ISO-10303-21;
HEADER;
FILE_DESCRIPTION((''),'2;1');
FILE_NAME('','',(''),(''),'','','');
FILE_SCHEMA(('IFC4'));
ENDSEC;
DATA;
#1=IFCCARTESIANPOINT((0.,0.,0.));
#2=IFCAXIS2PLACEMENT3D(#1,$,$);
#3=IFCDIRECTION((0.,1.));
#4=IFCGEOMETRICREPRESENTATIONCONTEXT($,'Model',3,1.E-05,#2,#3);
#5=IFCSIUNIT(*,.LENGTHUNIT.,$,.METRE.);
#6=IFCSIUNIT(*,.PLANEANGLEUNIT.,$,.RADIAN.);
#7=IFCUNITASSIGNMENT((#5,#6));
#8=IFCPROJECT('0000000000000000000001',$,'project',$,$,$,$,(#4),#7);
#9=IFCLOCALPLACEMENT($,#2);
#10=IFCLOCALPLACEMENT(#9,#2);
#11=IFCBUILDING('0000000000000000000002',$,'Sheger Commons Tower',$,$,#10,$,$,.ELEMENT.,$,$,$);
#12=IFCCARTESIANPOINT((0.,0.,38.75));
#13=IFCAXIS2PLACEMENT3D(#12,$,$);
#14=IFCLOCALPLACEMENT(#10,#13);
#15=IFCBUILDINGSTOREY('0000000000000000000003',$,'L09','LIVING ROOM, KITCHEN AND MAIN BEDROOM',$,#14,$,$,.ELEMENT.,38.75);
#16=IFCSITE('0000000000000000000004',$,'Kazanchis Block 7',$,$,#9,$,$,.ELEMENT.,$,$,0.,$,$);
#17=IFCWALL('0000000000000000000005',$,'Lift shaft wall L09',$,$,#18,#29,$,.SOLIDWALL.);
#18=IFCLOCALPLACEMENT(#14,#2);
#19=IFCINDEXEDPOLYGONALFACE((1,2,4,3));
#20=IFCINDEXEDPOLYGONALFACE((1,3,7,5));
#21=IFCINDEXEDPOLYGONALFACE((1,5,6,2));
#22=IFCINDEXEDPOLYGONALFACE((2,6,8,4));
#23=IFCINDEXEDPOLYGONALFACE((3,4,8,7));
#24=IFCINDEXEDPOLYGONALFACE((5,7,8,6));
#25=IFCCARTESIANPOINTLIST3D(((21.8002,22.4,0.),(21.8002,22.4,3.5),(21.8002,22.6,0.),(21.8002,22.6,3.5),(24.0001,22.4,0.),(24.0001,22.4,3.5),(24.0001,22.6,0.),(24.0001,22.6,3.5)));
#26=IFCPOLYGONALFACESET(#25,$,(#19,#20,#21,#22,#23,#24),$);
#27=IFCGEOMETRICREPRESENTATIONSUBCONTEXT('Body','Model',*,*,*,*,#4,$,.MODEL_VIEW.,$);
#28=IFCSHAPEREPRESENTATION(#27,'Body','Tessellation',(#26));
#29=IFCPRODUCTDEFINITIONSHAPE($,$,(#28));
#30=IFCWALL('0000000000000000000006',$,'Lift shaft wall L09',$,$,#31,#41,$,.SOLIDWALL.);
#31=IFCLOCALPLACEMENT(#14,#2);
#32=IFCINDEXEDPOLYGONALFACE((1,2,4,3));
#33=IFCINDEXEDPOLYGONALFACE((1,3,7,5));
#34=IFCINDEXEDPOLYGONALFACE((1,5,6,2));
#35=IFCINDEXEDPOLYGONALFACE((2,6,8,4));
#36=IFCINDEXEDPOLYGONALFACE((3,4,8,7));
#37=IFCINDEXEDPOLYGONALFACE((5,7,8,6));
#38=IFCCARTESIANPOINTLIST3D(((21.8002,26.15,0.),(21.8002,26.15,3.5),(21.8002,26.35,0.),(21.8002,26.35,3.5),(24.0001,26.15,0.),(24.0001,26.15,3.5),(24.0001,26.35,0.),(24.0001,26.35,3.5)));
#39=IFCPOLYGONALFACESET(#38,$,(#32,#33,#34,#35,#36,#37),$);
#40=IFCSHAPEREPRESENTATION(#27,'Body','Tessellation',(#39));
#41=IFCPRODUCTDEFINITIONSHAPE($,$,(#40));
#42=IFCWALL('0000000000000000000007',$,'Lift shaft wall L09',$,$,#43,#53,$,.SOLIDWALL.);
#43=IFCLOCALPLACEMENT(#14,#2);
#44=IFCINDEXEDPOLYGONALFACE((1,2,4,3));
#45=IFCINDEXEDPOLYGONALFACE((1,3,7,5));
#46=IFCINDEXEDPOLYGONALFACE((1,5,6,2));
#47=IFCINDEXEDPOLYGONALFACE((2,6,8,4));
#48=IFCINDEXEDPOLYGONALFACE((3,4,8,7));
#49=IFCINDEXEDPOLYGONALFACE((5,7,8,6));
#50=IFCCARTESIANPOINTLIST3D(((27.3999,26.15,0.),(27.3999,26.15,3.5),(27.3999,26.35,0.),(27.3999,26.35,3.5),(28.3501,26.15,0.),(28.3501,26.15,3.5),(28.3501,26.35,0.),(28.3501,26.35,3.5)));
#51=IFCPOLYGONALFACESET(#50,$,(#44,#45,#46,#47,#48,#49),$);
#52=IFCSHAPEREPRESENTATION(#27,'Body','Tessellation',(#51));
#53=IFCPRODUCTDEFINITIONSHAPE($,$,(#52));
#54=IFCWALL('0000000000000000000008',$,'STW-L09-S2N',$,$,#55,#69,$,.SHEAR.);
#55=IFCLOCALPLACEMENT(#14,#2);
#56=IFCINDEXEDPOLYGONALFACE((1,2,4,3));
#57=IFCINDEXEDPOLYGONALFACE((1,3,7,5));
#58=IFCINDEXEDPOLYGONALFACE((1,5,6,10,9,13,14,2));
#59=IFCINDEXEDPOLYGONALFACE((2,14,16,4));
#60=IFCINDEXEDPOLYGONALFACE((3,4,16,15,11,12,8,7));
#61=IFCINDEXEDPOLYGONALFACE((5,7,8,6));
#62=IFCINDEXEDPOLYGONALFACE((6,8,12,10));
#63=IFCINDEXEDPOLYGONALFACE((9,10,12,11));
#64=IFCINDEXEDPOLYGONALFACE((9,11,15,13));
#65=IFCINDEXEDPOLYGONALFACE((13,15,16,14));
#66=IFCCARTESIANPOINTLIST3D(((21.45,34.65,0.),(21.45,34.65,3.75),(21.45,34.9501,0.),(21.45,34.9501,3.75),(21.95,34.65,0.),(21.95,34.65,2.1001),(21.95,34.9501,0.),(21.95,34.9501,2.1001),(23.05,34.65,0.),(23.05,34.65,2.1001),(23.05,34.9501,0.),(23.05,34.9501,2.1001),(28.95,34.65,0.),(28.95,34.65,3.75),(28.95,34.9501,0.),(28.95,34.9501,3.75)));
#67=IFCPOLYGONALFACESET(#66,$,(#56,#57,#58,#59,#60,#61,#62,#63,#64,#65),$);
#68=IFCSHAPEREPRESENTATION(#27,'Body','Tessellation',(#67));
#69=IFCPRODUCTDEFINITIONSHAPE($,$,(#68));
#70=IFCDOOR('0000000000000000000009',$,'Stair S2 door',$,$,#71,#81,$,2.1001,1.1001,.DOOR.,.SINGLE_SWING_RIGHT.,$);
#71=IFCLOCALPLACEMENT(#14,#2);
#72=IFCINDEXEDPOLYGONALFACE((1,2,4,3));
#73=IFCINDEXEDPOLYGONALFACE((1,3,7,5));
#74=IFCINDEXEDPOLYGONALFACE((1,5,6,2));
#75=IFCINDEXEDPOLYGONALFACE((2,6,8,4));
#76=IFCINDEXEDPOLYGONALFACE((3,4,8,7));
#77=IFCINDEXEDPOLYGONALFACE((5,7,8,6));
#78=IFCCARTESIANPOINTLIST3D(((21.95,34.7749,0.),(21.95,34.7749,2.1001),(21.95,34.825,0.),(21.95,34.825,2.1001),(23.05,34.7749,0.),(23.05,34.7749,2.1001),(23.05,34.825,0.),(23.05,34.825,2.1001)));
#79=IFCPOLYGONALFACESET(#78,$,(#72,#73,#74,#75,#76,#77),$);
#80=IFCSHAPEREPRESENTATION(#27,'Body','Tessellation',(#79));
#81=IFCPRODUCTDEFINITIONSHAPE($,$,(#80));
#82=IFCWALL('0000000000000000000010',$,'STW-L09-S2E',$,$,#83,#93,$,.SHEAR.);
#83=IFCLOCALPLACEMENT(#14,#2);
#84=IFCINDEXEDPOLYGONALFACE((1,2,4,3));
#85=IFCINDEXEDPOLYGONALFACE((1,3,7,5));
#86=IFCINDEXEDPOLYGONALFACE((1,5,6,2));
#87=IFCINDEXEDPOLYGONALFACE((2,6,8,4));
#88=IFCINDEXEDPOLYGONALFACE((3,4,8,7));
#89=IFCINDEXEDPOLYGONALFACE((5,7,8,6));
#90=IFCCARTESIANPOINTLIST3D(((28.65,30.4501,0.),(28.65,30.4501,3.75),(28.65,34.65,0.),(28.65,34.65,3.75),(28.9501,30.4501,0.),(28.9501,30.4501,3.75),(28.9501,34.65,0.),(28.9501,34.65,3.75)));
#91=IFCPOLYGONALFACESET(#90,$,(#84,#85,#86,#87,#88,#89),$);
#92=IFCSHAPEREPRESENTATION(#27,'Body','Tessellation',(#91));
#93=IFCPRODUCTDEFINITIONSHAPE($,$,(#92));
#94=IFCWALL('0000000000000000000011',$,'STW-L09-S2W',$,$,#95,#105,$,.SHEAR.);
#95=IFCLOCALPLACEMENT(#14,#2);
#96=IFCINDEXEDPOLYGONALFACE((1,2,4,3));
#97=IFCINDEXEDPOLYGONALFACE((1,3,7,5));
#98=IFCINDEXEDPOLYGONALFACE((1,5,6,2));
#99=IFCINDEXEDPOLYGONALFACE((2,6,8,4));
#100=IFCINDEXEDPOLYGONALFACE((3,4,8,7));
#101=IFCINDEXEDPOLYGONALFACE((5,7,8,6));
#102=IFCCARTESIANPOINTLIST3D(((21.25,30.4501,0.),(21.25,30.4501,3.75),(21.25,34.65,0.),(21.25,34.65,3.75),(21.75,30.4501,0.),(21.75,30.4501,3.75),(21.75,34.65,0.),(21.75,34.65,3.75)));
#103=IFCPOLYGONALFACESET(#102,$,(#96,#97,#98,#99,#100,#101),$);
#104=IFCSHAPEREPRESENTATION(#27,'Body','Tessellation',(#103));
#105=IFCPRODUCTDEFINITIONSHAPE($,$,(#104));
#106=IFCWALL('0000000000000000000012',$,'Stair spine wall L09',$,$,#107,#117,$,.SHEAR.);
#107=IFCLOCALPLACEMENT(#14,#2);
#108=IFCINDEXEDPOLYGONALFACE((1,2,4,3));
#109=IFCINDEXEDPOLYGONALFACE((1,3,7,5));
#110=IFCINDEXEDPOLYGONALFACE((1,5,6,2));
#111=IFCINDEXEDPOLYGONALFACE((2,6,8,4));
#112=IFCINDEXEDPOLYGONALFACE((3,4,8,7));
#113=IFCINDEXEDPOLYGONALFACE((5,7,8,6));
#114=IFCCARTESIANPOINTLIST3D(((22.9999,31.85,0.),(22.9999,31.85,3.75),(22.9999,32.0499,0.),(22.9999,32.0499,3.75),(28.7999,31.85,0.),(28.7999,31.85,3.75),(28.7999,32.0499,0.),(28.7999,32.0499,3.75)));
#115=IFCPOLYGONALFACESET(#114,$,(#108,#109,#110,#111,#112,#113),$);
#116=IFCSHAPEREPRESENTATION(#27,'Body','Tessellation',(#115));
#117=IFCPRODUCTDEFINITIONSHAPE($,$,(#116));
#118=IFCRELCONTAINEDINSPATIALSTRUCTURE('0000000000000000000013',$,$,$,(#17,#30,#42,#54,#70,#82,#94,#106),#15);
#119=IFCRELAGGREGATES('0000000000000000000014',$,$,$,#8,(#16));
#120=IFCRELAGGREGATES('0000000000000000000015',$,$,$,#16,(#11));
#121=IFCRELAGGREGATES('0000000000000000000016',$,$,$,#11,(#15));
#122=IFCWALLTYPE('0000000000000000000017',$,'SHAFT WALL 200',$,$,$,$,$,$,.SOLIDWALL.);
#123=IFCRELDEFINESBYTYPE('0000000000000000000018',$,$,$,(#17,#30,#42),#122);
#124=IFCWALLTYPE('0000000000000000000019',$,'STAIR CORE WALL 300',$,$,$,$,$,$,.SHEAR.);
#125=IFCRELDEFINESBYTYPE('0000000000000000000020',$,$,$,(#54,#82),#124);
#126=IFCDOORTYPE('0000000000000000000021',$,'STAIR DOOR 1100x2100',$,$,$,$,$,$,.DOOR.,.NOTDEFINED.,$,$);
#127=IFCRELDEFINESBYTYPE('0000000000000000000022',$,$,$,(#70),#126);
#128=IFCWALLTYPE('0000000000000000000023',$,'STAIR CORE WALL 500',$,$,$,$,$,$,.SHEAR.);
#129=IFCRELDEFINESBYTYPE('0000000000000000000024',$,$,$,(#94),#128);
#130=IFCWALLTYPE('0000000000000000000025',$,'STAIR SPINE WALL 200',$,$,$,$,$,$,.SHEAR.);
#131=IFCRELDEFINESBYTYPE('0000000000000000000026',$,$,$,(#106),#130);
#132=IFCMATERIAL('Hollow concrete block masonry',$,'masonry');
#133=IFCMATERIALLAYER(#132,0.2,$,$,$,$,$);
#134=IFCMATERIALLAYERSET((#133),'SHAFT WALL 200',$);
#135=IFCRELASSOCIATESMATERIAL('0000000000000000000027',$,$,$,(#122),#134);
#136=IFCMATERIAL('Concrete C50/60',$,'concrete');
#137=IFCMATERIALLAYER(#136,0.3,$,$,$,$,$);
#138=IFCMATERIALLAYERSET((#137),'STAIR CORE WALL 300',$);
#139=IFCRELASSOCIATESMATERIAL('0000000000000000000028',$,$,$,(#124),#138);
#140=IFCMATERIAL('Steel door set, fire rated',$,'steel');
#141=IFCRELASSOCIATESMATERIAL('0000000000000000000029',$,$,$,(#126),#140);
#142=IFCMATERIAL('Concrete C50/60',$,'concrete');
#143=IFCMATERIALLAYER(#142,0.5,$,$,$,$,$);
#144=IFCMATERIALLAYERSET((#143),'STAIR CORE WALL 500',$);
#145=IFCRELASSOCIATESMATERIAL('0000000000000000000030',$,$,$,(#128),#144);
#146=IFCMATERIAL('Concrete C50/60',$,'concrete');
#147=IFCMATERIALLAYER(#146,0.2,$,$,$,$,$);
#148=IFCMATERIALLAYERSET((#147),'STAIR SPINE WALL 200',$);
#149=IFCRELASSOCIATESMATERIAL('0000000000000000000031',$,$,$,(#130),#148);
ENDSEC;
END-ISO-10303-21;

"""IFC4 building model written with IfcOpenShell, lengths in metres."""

from ifc_helpers import new_model, si_unit, direction, frame, frame_2d, origin, place, context, subcontext, project, spatial, rectangle, extrude, material, layer, layer_set, type_object, element, fill, save


model = new_model("IFC4")

# Units and contexts
model_context = context("Model", 3, precision=1e-05, world=origin(), true_north=direction((0.0, 1.0)))
body_context = subcontext(model_context, "Body", "Model", "MODEL_VIEW")
ifc_project = project(units=[si_unit("LENGTHUNIT", "METRE"), si_unit("PLANEANGLEUNIT", "RADIAN")], contexts=[model_context])

# Site, building, storey
site_placement = place(None, origin())
site = spatial("IfcSite", under=ifc_project, at=site_placement, Name="Kazanchis Block 7", CompositionType="ELEMENT", RefElevation=0.0)
building_placement = place(site_placement, origin())
building = spatial("IfcBuilding", under=site, at=building_placement, Name="Sheger Commons Tower", CompositionType="ELEMENT")
storey_placement = place(building_placement, frame((0.0, 0.0, 38.75)))
storey = spatial("IfcBuildingStorey", under=building, at=storey_placement, Name="L09", Description="LIVING ROOM, KITCHEN AND MAIN BEDROOM", CompositionType="ELEMENT", Elevation=38.75)

# Walls
ifc_material_1 = material(Name="Hollow concrete block masonry", Category="masonry")
ifc_layer_1 = layer(ifc_material_1, 0.2)
ifc_layer_set_1 = layer_set([ifc_layer_1], Name="SHAFT WALL 200")
wall_type_1 = type_object("IfcWallType", Name="SHAFT WALL 200", PredefinedType="SOLIDWALL", material=ifc_layer_set_1)
for number, where, z_axis, x_axis, name in (
    (1, (21.8, 22.5, 0.0), (0.0, 0.0, 1.0), (1.0, 0.0, 0.0), "Lift shaft wall L09"),
    (2, (21.8, 26.25, 0.0), (0.0, 0.0, 1.0), (1.0, 0.0, 0.0), "Lift shaft wall L09"),
):
    element("IfcWall", number, at=place(storey_placement, frame(where, z_axis=z_axis, x_axis=x_axis)), inside=storey, type_object=wall_type_1, Name=name, PredefinedType="SOLIDWALL", context=body_context, shape_type="SweptSolid", body=[
        extrude(rectangle(XDim=2.2, YDim=0.2, at=frame_2d((1.1001, 0.0))), origin(), (0.0, 0.0, 1.0), 3.5),
    ])
wall_1_placement = place(storey_placement, frame((27.3999, 26.25, 0.0), z_axis=(0.0, 0.0, 1.0), x_axis=(1.0, 0.0, 0.0)))
element("IfcWall", 3, at=wall_1_placement, inside=storey, type_object=wall_type_1, Name="Lift shaft wall L09", PredefinedType="SOLIDWALL", context=body_context, shape_type="SweptSolid", body=[
    extrude(rectangle(XDim=0.9502, YDim=0.2, at=frame_2d((0.4751, 0.0))), origin(), (0.0, 0.0, 1.0), 3.5),
])

# Wall, opening, door
ifc_material_2 = material(Name="Concrete C50/60", Category="concrete")
ifc_layer_2 = layer(ifc_material_2, 0.3)
ifc_layer_set_2 = layer_set([ifc_layer_2], Name="STAIR CORE WALL 300")
wall_type_2 = type_object("IfcWallType", Name="STAIR CORE WALL 300", PredefinedType="SHEAR", material=ifc_layer_set_2)
wall_2_placement = place(storey_placement, frame((21.45, 34.8, 0.0), z_axis=(0.0, 0.0, 1.0), x_axis=(1.0, 0.0, 0.0)))
wall_2 = element("IfcWall", 4, at=wall_2_placement, inside=storey, type_object=wall_type_2, Name="STW-L09-S2N", PredefinedType="SHEAR", context=body_context, shape_type="SweptSolid", body=[
    extrude(rectangle(XDim=7.5, YDim=0.3, at=frame_2d((3.75, 0.0))), origin(), (0.0, 0.0, 1.0), 3.75),
])
opening_1_placement = place(wall_2_placement, frame((0.5, 0.0, 0.0)))
opening_1 = element("IfcOpeningElement", 5, at=opening_1_placement, cuts=wall_2, PredefinedType="OPENING", context=body_context, shape_type="SweptSolid", body=[
    extrude(rectangle(XDim=1.1001, YDim=2.1001, at=frame_2d((0.55, 1.05))), frame((0.0, 0.1599, 0.0), z_axis=(0.0, -1.0, 0.0), x_axis=(1.0, 0.0, 0.0)), (0.0, 0.0, 1.0), 0.3201),
])
ifc_material_3 = material(Name="Steel door set, fire rated", Category="steel")
door_type_1 = type_object("IfcDoorType", Name="STAIR DOOR 1100x2100", OperationType="NOTDEFINED", PredefinedType="DOOR", material=ifc_material_3)
door_1_placement = place(opening_1_placement, origin())
door_1 = element("IfcDoor", 6, at=door_1_placement, inside=storey, type_object=door_type_1, Name="Stair S2 door", OperationType="SINGLE_SWING_RIGHT", OverallHeight=2.1001, OverallWidth=1.1001, PredefinedType="DOOR", context=body_context, shape_type="SweptSolid", body=[
    extrude(rectangle(XDim=1.1001, YDim=2.1001, at=frame_2d((0.55, 1.05))), frame((0.0, 0.0249, 0.0), z_axis=(0.0, -1.0, 0.0), x_axis=(1.0, 0.0, 0.0)), (0.0, 0.0, 1.0), 0.05),
])
fill(opening_1, door_1)

# Walls
wall_3_placement = place(storey_placement, frame((28.8, 30.45, 0.0), z_axis=(0.0, 0.0, 1.0), x_axis=(0.0, 1.0, 0.0)))
element("IfcWall", 7, at=wall_3_placement, inside=storey, type_object=wall_type_2, Name="STW-L09-S2E", PredefinedType="SHEAR", context=body_context, shape_type="SweptSolid", body=[
    extrude(rectangle(XDim=4.2, YDim=0.3, at=frame_2d((2.1001, 0.0))), origin(), (0.0, 0.0, 1.0), 3.75),
])
ifc_material_4 = material(Name="Concrete C50/60", Category="concrete")
ifc_layer_3 = layer(ifc_material_4, 0.5)
ifc_layer_set_3 = layer_set([ifc_layer_3], Name="STAIR CORE WALL 500")
wall_type_3 = type_object("IfcWallType", Name="STAIR CORE WALL 500", PredefinedType="SHEAR", material=ifc_layer_set_3)
wall_4_placement = place(storey_placement, frame((21.5, 30.45, 0.0), z_axis=(0.0, 0.0, 1.0), x_axis=(0.0, 1.0, 0.0)))
element("IfcWall", 8, at=wall_4_placement, inside=storey, type_object=wall_type_3, Name="STW-L09-S2W", PredefinedType="SHEAR", context=body_context, shape_type="SweptSolid", body=[
    extrude(rectangle(XDim=4.2, YDim=0.5, at=frame_2d((2.1001, 0.0))), origin(), (0.0, 0.0, 1.0), 3.75),
])
ifc_material_5 = material(Name="Concrete C50/60", Category="concrete")
ifc_layer_4 = layer(ifc_material_5, 0.2)
ifc_layer_set_4 = layer_set([ifc_layer_4], Name="STAIR SPINE WALL 200")
wall_type_4 = type_object("IfcWallType", Name="STAIR SPINE WALL 200", PredefinedType="SHEAR", material=ifc_layer_set_4)
wall_5_placement = place(storey_placement, frame((23.0, 31.95, 0.0), z_axis=(0.0, 0.0, 1.0), x_axis=(1.0, 0.0, 0.0)))
element("IfcWall", 9, at=wall_5_placement, inside=storey, type_object=wall_type_4, Name="Stair spine wall L09", PredefinedType="SHEAR", context=body_context, shape_type="SweptSolid", body=[
    extrude(rectangle(XDim=5.8, YDim=0.2, at=frame_2d((2.8999, 0.0))), origin(), (0.0, 0.0, 1.0), 3.75),
])

save(model, "model.ifc")
